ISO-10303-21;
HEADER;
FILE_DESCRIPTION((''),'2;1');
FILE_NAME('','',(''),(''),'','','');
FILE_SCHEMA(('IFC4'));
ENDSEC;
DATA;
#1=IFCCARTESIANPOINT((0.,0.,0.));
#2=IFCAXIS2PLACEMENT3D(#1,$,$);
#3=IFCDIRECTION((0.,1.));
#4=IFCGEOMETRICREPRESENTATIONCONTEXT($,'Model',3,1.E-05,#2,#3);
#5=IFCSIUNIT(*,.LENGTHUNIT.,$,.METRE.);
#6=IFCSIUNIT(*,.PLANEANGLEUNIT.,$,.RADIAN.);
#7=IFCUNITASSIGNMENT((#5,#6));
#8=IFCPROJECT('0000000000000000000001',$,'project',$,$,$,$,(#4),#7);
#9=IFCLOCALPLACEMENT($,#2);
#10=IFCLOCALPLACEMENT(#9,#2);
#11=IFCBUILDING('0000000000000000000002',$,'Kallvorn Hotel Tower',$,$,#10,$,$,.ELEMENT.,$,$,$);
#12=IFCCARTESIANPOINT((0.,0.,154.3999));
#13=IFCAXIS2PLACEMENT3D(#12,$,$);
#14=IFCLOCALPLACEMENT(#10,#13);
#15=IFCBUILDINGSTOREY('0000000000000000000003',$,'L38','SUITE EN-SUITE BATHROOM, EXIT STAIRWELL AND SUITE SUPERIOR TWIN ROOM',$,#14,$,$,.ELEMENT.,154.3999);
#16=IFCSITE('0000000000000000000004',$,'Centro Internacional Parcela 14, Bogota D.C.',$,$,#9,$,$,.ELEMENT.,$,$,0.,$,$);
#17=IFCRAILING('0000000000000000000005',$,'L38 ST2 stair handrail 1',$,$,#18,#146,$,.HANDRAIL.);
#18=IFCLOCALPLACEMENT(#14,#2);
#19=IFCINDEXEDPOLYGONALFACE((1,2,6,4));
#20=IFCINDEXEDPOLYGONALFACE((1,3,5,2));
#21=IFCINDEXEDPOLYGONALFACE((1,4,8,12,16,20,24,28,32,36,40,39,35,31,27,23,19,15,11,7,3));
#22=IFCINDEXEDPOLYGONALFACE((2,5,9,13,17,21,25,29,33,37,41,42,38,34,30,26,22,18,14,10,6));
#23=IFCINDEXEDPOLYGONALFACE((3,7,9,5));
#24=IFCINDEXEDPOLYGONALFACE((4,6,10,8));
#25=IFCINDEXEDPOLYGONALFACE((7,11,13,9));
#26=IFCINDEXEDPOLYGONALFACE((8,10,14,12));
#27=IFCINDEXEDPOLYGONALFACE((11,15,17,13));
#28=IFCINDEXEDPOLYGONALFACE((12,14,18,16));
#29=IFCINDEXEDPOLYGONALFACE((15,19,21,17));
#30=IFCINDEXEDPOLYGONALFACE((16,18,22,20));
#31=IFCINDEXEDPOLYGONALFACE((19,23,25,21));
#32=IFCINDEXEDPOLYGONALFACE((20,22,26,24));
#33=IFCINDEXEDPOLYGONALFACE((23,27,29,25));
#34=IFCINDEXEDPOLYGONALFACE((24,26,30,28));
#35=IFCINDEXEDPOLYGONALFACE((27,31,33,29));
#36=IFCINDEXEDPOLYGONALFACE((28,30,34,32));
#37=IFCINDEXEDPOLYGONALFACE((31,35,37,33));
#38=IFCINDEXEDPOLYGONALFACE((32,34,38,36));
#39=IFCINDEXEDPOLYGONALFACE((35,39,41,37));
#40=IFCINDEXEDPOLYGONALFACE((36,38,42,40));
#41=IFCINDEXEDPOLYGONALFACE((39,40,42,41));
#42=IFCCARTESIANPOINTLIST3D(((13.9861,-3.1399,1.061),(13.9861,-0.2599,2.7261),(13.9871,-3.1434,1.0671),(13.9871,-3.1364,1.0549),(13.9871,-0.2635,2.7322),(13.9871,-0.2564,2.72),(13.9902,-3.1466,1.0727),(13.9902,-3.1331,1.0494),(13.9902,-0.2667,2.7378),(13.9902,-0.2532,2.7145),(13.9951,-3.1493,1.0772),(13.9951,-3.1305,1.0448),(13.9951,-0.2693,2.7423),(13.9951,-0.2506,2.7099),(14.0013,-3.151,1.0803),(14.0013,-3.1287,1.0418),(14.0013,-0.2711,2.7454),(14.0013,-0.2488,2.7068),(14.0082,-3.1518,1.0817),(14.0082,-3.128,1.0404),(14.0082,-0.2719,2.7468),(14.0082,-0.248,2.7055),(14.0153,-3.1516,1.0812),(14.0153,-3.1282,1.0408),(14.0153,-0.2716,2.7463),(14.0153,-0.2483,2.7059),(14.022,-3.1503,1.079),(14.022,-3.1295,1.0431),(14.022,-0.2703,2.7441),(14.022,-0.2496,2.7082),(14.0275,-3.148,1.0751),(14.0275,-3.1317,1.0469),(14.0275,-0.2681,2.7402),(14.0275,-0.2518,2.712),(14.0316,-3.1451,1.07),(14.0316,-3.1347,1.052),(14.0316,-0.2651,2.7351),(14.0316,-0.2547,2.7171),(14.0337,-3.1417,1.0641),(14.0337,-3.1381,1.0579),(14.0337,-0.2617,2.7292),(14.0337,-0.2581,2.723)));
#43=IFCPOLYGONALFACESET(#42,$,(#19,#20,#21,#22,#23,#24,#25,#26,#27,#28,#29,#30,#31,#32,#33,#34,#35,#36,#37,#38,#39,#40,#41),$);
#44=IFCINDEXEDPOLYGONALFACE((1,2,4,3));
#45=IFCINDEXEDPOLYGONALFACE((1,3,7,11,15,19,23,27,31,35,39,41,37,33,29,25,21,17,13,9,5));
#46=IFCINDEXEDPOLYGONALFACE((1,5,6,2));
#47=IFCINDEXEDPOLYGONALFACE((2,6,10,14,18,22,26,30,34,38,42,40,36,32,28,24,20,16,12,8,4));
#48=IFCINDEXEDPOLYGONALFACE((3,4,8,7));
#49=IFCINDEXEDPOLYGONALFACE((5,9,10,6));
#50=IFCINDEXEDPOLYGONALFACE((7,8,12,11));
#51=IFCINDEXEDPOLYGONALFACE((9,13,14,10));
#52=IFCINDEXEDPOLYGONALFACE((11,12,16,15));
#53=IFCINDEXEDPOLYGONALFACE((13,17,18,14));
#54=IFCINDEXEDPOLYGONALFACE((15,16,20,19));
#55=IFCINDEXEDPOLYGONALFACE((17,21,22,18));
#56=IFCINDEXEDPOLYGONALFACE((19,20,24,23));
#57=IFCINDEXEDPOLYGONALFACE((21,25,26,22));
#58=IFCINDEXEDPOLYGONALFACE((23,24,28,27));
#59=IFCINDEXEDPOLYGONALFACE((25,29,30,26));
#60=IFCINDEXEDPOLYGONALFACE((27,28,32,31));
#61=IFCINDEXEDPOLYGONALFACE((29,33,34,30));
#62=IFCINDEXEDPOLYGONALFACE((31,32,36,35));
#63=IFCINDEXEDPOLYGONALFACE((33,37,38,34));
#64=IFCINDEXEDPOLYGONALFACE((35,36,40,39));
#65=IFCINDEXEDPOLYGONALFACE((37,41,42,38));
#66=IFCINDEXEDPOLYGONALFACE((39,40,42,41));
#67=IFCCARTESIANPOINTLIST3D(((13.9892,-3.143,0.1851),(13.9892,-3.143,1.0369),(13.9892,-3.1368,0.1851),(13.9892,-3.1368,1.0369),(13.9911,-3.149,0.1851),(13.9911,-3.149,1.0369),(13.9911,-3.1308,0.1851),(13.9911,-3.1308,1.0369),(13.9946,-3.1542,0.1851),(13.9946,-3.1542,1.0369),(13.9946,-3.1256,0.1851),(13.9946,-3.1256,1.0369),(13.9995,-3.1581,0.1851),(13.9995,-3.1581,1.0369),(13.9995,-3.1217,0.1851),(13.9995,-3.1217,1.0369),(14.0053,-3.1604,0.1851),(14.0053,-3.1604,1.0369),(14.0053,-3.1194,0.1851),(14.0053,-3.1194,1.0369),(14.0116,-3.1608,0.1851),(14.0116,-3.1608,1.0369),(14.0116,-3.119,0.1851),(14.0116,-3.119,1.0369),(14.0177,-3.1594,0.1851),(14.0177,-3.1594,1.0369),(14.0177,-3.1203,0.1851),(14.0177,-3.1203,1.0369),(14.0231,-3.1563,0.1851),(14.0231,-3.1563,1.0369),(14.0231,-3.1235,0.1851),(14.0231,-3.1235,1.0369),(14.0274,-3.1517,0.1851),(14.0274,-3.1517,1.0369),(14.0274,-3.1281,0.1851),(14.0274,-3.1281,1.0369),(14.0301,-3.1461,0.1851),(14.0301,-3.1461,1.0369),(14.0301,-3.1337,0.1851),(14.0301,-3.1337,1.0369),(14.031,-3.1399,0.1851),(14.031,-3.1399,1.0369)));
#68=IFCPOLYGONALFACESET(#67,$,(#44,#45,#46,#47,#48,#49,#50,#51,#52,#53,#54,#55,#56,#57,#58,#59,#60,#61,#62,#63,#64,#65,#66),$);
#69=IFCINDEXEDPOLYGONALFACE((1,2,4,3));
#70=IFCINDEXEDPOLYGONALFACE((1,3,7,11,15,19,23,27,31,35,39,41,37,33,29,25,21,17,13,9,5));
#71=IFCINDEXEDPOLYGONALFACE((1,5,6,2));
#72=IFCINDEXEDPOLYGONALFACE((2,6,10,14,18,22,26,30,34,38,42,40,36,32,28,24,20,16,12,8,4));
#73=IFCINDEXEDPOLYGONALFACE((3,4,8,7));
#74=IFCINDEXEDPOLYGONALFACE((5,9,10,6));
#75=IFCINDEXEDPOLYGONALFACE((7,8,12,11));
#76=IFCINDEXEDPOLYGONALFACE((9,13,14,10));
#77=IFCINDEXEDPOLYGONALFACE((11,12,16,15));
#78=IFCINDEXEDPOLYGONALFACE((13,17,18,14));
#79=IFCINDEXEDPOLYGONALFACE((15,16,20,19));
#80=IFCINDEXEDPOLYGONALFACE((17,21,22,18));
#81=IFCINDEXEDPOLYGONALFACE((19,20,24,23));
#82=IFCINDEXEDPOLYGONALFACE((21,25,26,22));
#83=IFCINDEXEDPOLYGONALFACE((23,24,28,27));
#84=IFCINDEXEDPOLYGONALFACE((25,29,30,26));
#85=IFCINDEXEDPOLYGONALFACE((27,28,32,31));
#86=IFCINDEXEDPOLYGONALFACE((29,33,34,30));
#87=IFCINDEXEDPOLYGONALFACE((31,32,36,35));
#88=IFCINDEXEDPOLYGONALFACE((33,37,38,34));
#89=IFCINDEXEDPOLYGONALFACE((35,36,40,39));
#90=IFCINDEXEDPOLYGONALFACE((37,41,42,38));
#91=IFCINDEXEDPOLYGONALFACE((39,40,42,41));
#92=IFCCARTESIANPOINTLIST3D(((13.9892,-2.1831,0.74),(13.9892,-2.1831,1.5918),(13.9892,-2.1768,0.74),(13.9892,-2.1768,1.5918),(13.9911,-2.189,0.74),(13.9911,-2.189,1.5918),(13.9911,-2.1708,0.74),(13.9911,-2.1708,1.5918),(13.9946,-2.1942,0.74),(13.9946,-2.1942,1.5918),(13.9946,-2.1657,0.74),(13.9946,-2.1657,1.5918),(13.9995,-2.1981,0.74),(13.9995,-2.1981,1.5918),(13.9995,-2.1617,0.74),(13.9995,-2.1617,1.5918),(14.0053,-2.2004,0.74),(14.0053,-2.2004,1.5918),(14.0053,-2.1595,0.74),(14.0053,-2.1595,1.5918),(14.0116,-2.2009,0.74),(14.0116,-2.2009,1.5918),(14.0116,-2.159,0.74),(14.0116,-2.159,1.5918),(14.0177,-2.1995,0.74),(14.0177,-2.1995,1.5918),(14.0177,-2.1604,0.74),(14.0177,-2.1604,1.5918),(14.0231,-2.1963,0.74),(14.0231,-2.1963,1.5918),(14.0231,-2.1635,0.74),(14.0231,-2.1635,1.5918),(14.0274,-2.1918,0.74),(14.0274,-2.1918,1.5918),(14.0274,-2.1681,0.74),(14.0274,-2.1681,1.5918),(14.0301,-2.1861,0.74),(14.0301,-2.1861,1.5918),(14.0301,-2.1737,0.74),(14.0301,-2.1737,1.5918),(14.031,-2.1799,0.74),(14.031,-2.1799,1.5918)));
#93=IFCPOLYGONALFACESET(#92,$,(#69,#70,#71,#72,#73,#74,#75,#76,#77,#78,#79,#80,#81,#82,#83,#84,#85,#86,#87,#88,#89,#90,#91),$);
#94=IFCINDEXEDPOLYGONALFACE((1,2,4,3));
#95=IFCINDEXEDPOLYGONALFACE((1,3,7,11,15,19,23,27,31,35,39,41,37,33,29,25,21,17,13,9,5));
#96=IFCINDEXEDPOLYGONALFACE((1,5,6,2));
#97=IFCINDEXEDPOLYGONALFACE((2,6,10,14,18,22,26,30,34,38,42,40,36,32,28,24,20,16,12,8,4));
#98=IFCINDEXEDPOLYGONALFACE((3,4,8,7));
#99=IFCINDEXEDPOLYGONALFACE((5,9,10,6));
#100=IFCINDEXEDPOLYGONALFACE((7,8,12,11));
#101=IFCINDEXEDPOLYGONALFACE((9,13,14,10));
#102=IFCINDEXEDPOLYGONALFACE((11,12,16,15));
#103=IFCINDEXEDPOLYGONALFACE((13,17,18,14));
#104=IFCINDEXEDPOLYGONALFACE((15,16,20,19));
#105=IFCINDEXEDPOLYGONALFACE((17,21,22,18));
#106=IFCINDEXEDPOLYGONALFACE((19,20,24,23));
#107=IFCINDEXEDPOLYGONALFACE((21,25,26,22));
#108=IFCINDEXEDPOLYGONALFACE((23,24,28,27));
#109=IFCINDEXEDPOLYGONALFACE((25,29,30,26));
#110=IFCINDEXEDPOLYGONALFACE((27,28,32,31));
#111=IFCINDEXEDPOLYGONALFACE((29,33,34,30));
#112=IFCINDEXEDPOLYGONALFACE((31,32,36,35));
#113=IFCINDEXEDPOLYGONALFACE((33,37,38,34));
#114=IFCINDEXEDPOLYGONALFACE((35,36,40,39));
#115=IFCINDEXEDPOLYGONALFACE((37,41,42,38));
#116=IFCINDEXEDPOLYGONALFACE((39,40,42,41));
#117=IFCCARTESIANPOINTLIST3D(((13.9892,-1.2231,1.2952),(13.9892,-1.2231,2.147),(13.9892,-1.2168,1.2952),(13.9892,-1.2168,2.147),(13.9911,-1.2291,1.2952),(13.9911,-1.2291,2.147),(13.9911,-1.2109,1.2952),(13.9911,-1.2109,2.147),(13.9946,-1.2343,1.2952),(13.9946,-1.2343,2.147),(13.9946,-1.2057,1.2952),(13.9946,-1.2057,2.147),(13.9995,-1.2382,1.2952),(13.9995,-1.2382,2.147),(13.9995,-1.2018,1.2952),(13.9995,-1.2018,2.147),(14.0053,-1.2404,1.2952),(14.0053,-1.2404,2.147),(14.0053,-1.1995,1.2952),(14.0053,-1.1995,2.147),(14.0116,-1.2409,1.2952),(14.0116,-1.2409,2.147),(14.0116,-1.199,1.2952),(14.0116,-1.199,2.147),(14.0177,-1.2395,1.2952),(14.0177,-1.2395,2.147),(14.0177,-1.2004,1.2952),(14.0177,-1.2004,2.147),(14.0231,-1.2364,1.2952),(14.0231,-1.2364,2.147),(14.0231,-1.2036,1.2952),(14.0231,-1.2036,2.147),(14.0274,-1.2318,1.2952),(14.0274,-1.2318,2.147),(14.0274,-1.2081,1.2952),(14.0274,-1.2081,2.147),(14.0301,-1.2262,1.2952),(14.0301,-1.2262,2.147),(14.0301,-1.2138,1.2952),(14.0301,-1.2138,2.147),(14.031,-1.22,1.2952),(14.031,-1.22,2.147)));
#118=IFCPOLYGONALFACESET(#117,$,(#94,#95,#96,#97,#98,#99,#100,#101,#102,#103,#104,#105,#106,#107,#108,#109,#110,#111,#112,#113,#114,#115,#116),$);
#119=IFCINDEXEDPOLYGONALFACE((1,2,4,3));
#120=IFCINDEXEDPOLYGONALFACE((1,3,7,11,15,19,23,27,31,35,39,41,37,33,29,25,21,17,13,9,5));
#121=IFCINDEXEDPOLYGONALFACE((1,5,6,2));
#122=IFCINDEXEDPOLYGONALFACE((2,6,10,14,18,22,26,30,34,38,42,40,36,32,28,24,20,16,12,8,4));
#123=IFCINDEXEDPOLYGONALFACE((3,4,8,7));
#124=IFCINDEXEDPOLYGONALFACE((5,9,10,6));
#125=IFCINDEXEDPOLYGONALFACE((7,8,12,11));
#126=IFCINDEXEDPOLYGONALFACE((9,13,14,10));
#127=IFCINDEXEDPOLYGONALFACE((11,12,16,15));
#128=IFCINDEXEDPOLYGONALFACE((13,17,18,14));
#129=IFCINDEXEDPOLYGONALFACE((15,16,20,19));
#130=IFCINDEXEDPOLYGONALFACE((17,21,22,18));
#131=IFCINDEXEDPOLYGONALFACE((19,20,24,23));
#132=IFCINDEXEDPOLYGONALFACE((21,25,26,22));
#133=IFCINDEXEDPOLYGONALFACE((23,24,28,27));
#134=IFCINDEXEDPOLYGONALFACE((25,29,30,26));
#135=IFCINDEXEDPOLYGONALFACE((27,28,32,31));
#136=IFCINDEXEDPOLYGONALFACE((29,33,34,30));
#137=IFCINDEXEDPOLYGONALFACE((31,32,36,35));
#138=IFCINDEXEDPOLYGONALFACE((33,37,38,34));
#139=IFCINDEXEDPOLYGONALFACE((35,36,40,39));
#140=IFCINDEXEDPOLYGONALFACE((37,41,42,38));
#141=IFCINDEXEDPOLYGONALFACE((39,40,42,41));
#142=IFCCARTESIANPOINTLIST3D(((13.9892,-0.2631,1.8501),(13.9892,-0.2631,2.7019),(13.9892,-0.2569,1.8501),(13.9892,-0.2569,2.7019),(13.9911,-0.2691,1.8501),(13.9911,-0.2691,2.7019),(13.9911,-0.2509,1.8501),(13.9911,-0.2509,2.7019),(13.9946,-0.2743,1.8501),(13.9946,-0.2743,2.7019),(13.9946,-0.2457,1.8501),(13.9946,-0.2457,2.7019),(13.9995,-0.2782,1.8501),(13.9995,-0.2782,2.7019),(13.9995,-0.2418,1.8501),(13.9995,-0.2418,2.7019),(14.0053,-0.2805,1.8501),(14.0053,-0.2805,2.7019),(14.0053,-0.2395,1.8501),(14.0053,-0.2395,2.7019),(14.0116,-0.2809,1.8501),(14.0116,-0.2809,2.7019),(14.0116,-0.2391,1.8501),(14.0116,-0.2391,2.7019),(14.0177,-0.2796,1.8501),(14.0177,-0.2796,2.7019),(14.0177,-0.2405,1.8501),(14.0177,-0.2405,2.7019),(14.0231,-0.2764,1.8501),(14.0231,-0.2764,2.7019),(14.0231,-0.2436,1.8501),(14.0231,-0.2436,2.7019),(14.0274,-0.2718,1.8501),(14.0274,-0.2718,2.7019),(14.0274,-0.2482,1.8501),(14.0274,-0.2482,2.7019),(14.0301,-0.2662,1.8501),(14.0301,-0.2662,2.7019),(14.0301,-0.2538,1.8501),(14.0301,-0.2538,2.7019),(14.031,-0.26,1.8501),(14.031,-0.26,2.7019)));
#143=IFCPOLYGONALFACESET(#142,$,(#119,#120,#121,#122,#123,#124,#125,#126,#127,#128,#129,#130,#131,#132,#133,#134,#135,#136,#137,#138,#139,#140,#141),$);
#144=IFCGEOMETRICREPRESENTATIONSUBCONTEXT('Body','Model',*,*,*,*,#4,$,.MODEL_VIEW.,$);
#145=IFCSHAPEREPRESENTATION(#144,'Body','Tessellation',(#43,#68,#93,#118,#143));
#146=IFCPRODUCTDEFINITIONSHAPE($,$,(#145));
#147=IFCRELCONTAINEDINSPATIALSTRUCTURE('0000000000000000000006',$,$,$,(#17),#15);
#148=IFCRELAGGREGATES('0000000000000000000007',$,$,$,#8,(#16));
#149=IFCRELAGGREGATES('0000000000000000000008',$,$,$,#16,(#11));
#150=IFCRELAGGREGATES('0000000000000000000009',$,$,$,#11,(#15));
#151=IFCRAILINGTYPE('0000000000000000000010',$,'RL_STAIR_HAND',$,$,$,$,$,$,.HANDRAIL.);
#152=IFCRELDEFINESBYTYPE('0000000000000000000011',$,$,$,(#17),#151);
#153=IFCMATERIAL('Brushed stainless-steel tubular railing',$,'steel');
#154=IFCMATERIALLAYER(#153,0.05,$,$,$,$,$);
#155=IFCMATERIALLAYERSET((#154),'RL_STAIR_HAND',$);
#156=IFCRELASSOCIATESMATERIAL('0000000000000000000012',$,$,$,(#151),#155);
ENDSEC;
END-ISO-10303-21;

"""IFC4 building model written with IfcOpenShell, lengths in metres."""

from ifc_helpers import new_model, si_unit, direction, frame, origin, origin_2d, place, context, subcontext, project, spatial, circle, extrude, material, layer, layer_set, type_object, element, save


model = new_model("IFC4")

# Units and contexts
model_context = context("Model", 3, precision=1e-05, world=origin(), true_north=direction((0.0, 1.0)))
body_context = subcontext(model_context, "Body", "Model", "MODEL_VIEW")
ifc_project = project(units=[si_unit("LENGTHUNIT", "METRE"), si_unit("PLANEANGLEUNIT", "RADIAN")], contexts=[model_context])

# Site, building, storey
site_placement = place(None, origin())
site = spatial("IfcSite", under=ifc_project, at=site_placement, Name="Centro Internacional Parcela 14, Bogota D.C.", CompositionType="ELEMENT", RefElevation=0.0)
building_placement = place(site_placement, origin())
building = spatial("IfcBuilding", under=site, at=building_placement, Name="Kallvorn Hotel Tower", CompositionType="ELEMENT")
storey_placement = place(building_placement, frame((0.0, 0.0, 154.3999)))
storey = spatial("IfcBuildingStorey", under=building, at=storey_placement, Name="L38", Description="SUITE EN-SUITE BATHROOM, EXIT STAIRWELL AND SUITE SUPERIOR TWIN ROOM", CompositionType="ELEMENT", Elevation=154.3999)

# Railing
ifc_material_1 = material(Name="Brushed stainless-steel tubular railing", Category="steel")
ifc_layer_1 = layer(ifc_material_1, 0.05)
ifc_layer_set_1 = layer_set([ifc_layer_1], Name="RL_STAIR_HAND")
railing_type_1 = type_object("IfcRailingType", Name="RL_STAIR_HAND", PredefinedType="HANDRAIL", material=ifc_layer_set_1)
railing_1_placement = place(storey_placement, frame((14.01, -3.1399, 0.1851)))
element("IfcRailing", 1, at=railing_1_placement, inside=storey, type_object=railing_type_1, Name="L38 ST2 stair handrail 1", PredefinedType="HANDRAIL", context=body_context, shape_type="SweptSolid", body=[
    extrude(circle(Radius=0.0239, at=origin_2d()), frame((0.0, 0.0, 0.876), z_axis=(0.0, 0.865721, 0.500527), x_axis=(-1.0, 0.0, 0.0)), (0.0, 0.0, 1.0), 3.3267),
    extrude(circle(Radius=0.021, at=origin_2d()), origin(), (0.0, 0.0, 1.0), 0.8518),
    extrude(circle(Radius=0.021, at=origin_2d()), frame((0.0, 0.96, 0.5549)), (0.0, 0.0, 1.0), 0.8518),
    extrude(circle(Radius=0.021, at=origin_2d()), frame((0.0, 1.9199, 1.1101)), (0.0, 0.0, 1.0), 0.8518),
    extrude(circle(Radius=0.021, at=origin_2d()), frame((0.0, 2.8799, 1.665)), (0.0, 0.0, 1.0), 0.8518),
])

save(model, "model.ifc")
